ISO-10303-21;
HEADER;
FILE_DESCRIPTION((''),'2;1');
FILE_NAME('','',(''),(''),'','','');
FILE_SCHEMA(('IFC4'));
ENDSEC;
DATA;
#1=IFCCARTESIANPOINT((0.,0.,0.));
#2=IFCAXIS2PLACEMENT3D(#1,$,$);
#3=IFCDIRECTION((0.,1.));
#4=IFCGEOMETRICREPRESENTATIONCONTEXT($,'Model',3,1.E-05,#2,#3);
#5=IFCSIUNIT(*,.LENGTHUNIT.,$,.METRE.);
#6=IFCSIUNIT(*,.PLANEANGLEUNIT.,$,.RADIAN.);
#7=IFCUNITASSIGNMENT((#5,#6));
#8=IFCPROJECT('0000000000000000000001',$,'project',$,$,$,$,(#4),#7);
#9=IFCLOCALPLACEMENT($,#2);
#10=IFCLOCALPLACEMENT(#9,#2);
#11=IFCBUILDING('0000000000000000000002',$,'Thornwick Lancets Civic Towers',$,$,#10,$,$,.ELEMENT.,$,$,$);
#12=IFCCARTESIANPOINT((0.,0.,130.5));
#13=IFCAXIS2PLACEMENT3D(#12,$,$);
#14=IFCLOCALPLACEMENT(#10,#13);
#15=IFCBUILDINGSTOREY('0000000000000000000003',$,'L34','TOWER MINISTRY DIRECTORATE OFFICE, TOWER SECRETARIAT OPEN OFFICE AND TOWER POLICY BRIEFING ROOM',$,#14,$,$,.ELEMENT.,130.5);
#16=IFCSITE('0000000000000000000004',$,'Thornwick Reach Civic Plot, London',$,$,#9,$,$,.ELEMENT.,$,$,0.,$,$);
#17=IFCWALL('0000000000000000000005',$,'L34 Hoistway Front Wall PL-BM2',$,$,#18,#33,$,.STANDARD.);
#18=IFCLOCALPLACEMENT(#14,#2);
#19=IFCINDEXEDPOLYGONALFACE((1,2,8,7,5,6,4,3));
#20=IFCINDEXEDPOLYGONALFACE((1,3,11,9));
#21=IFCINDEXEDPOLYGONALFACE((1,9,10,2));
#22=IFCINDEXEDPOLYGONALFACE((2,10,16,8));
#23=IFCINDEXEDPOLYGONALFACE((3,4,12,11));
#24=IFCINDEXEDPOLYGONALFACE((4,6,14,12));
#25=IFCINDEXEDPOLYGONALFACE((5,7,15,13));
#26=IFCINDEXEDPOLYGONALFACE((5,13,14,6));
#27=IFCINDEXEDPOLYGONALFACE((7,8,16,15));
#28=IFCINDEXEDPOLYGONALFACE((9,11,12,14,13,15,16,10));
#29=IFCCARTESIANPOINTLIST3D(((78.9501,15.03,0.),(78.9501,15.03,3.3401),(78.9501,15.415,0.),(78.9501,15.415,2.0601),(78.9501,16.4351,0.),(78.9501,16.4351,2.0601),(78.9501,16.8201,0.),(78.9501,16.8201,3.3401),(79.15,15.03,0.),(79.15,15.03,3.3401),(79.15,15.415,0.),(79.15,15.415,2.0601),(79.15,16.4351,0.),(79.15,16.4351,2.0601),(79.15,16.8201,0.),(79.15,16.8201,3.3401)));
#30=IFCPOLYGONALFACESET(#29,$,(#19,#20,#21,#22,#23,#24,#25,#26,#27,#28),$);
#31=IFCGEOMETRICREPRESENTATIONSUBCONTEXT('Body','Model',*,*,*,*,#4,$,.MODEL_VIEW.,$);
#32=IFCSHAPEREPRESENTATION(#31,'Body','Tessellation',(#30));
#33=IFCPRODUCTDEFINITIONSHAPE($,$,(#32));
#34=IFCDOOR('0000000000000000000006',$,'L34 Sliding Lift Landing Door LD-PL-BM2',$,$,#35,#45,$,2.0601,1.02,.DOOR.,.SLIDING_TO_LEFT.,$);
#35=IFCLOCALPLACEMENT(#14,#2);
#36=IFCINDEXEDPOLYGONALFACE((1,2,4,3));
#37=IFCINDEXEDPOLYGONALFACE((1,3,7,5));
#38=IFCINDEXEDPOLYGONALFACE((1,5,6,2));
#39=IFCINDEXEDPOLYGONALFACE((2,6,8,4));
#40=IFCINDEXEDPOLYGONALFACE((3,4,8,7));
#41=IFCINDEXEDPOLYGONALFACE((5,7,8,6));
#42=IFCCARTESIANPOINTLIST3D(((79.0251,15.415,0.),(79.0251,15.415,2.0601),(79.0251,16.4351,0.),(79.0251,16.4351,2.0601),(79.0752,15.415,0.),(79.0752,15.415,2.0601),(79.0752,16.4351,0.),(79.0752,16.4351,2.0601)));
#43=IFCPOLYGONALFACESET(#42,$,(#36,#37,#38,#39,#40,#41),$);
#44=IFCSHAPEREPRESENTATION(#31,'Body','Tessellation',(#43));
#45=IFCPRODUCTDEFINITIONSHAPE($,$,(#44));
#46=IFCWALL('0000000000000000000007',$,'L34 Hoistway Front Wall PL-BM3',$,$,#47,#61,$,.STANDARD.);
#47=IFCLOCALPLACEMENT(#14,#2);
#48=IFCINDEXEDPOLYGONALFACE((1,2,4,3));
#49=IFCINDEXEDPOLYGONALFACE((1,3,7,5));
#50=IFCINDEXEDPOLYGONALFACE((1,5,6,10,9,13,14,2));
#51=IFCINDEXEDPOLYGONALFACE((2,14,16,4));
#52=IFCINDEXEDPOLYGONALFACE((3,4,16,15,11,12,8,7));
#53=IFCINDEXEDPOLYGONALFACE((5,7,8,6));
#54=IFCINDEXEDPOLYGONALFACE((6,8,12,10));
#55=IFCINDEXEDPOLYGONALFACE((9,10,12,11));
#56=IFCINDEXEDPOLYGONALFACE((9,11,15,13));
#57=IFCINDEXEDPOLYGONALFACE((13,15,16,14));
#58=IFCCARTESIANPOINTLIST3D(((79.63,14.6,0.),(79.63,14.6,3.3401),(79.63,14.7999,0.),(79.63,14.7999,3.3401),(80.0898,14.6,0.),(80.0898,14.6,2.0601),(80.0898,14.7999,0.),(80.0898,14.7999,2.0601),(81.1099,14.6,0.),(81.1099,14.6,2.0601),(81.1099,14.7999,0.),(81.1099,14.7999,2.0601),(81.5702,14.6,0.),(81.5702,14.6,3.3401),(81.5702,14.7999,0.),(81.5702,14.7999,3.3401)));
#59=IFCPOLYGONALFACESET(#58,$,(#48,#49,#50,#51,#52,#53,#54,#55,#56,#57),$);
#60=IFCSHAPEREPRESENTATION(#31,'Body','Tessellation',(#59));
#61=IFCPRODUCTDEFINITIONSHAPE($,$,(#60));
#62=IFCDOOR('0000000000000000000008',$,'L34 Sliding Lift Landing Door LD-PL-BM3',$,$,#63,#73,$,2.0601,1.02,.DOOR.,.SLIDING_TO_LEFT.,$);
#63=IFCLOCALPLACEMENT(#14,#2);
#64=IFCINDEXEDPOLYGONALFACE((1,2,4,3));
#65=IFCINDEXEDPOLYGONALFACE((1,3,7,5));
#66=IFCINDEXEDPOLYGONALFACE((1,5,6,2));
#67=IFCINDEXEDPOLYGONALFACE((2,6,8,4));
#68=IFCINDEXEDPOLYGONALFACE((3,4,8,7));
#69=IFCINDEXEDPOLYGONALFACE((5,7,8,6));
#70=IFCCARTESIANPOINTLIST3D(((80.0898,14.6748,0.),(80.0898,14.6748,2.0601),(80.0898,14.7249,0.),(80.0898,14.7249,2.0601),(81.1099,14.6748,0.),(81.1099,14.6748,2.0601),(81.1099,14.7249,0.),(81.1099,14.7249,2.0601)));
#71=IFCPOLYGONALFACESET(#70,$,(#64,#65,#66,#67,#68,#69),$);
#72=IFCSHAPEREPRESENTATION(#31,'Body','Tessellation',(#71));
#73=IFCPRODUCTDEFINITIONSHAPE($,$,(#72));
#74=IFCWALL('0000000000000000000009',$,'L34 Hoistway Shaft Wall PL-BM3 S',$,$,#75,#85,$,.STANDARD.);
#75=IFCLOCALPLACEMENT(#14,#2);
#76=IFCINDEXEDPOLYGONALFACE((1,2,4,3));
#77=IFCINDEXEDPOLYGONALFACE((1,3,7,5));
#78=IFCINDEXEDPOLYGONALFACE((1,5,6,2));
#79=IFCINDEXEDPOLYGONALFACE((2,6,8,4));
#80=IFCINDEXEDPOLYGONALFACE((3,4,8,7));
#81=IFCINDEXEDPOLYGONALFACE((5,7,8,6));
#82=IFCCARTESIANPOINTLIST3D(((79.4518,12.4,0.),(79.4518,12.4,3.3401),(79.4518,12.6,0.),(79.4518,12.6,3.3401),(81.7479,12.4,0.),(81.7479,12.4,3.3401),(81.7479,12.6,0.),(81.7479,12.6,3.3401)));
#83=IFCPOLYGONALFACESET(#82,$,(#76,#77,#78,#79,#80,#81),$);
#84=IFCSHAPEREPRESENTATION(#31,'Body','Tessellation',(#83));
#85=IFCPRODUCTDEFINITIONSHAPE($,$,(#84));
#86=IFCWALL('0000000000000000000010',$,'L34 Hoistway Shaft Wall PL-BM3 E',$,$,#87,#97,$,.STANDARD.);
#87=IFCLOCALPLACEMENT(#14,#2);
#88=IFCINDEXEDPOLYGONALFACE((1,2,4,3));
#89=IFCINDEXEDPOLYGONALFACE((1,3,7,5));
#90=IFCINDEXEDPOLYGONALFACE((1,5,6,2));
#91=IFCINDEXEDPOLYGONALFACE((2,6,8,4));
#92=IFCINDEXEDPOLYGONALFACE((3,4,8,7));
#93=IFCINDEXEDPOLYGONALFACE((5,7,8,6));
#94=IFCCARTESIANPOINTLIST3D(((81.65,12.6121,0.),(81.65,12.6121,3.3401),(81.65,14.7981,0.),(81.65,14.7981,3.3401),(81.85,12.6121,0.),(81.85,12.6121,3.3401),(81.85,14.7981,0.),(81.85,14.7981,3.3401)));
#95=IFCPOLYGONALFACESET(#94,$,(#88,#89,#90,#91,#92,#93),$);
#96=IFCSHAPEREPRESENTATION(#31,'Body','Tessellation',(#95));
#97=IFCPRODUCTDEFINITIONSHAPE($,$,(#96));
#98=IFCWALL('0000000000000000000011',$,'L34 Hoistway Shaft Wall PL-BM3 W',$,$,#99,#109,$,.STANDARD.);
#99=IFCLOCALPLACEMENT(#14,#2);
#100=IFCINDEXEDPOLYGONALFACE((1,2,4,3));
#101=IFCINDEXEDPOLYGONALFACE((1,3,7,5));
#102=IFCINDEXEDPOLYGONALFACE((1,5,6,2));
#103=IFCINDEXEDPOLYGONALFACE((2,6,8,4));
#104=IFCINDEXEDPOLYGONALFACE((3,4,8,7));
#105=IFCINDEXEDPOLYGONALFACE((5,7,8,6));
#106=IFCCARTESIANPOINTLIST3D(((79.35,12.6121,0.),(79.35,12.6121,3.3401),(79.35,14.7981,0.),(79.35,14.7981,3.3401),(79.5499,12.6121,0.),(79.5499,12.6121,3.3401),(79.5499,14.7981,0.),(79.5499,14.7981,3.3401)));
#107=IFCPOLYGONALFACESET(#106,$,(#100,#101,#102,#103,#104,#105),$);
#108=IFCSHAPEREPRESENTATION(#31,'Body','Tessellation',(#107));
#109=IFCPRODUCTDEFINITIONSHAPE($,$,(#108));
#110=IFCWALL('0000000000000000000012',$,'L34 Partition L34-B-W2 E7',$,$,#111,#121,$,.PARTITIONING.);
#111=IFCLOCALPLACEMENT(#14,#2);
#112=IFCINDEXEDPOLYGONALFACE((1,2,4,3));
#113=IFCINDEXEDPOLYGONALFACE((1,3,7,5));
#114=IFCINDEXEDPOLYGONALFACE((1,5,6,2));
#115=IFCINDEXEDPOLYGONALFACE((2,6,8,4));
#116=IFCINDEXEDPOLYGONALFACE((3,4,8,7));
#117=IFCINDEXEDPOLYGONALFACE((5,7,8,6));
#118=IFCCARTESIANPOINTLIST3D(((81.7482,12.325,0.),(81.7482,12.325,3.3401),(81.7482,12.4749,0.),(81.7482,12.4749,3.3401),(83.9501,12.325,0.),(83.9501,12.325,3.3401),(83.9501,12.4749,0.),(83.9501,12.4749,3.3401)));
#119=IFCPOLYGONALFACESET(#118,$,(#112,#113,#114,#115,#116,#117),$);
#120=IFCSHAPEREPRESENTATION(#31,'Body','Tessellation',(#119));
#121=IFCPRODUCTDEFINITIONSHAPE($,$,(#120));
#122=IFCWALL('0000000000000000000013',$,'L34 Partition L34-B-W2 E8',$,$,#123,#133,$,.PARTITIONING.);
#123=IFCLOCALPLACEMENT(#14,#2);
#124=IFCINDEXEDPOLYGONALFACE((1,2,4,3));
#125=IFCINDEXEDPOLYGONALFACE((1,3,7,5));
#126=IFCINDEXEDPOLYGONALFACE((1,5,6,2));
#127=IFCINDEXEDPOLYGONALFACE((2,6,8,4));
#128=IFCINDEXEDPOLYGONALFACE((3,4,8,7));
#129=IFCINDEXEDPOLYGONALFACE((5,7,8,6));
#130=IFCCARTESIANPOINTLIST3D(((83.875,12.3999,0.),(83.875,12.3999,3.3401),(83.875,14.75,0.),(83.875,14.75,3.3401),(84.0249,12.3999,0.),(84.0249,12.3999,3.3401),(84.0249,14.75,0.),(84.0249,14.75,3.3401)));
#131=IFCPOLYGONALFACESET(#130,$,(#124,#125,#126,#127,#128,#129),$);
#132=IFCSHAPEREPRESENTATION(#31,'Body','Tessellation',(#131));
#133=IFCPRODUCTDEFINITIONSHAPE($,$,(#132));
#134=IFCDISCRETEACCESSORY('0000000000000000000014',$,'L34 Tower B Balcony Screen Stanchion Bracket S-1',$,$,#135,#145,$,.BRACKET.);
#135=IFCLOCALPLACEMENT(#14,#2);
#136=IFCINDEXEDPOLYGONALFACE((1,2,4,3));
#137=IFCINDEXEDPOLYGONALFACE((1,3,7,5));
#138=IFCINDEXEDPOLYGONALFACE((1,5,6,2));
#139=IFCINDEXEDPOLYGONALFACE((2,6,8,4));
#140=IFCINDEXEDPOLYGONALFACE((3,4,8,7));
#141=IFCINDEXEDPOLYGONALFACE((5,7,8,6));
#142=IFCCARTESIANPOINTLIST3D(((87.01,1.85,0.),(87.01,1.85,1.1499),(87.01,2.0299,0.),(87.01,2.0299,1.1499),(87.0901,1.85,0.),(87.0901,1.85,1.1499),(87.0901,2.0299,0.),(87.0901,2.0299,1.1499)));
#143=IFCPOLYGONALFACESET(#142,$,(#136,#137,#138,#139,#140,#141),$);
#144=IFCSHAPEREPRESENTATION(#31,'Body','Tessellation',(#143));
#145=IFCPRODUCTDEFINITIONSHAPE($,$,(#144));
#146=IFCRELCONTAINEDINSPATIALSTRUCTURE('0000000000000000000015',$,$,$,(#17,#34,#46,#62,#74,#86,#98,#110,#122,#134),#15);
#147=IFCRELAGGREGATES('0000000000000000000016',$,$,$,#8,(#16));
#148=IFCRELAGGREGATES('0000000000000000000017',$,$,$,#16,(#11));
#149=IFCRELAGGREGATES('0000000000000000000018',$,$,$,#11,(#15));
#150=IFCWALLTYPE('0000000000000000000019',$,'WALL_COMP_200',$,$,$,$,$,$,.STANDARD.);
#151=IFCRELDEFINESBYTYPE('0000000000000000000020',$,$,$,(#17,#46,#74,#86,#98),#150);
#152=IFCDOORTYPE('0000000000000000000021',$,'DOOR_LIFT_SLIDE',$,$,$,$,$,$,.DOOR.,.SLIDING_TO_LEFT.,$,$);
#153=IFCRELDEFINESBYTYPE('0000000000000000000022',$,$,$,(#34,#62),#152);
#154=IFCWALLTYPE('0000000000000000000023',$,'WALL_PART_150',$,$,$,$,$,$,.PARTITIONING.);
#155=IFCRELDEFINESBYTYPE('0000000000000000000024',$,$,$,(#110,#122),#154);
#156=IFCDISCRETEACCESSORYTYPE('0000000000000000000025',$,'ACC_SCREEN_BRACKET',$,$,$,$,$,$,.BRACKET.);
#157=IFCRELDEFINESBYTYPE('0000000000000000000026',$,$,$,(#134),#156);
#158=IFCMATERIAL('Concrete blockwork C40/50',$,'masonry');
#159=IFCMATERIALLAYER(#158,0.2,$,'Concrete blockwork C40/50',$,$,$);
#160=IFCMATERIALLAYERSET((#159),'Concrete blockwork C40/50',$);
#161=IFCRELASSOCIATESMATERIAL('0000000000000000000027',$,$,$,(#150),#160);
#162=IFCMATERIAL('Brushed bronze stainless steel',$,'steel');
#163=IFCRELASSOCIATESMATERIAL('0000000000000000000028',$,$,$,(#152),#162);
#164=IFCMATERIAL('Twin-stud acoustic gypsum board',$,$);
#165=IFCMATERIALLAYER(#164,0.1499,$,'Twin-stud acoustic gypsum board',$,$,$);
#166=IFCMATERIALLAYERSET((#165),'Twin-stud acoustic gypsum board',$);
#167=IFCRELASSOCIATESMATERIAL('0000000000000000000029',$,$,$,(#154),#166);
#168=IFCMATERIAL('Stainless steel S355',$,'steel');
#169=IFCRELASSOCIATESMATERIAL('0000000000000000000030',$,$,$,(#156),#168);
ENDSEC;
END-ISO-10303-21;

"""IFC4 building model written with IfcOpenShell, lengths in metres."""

from ifc_helpers import new_model, si_unit, direction, frame, frame_2d, origin, origin_2d, place, context, subcontext, project, spatial, rectangle, extrude, material, layer, layer_set, type_object, element, fill, save


model = new_model("IFC4")

# Units and contexts
model_context = context("Model", 3, precision=1e-05, world=origin(), true_north=direction((0.0, 1.0)))
body_context = subcontext(model_context, "Body", "Model", "MODEL_VIEW")
ifc_project = project(units=[si_unit("LENGTHUNIT", "METRE"), si_unit("PLANEANGLEUNIT", "RADIAN")], contexts=[model_context])

# Site, building, storey
site_placement = place(None, origin())
site = spatial("IfcSite", under=ifc_project, at=site_placement, Name="Thornwick Reach Civic Plot, London", CompositionType="ELEMENT", RefElevation=0.0)
building_placement = place(site_placement, origin())
building = spatial("IfcBuilding", under=site, at=building_placement, Name="Thornwick Lancets Civic Towers", CompositionType="ELEMENT")
storey_placement = place(building_placement, frame((0.0, 0.0, 130.5)))
storey = spatial("IfcBuildingStorey", under=building, at=storey_placement, Name="L34", Description="TOWER MINISTRY DIRECTORATE OFFICE, TOWER SECRETARIAT OPEN OFFICE AND TOWER POLICY BRIEFING ROOM", CompositionType="ELEMENT", Elevation=130.5)

# Walls, openings, doors
ifc_material_1 = material(Name="Concrete blockwork C40/50", Category="masonry")
ifc_layer_1 = layer(ifc_material_1, 0.2, Name="Concrete blockwork C40/50")
ifc_layer_set_1 = layer_set([ifc_layer_1], Name="Concrete blockwork C40/50")
wall_type_1 = type_object("IfcWallType", Name="WALL_COMP_200", PredefinedType="STANDARD", material=ifc_layer_set_1)
wall_1_placement = place(storey_placement, frame((79.05, 15.03, 0.0), z_axis=(0.0, 0.0, 1.0), x_axis=(0.0, 1.0, 0.0)))
wall_1 = element("IfcWall", 1, at=wall_1_placement, inside=storey, type_object=wall_type_1, Name="L34 Hoistway Front Wall PL-BM2", PredefinedType="STANDARD", context=body_context, shape_type="SweptSolid", body=[
    extrude(rectangle(XDim=1.79, YDim=0.2, at=frame_2d((0.895, 0.0))), origin(), (0.0, 0.0, 1.0), 3.3401),
])
opening_1_placement = place(wall_1_placement, frame((0.385, 0.0, 0.0)))
opening_1 = element("IfcOpeningElement", 2, at=opening_1_placement, cuts=wall_1, PredefinedType="OPENING", context=body_context, shape_type="SweptSolid", body=[
    extrude(rectangle(XDim=1.02, YDim=2.0601, at=frame_2d((0.51, 1.03))), frame((0.0, 0.1099, 0.0), z_axis=(0.0, -1.0, 0.0), x_axis=(1.0, 0.0, 0.0)), (0.0, 0.0, 1.0), 0.22),
])
ifc_material_2 = material(Name="Brushed bronze stainless steel", Category="steel")
door_type_1 = type_object("IfcDoorType", Name="DOOR_LIFT_SLIDE", OperationType="SLIDING_TO_LEFT", PredefinedType="DOOR", material=ifc_material_2)
door_1_placement = place(opening_1_placement, origin())
door_1 = element("IfcDoor", 3, at=door_1_placement, inside=storey, type_object=door_type_1, Name="L34 Sliding Lift Landing Door LD-PL-BM2", OperationType="SLIDING_TO_LEFT", OverallHeight=2.0601, OverallWidth=1.02, PredefinedType="DOOR", context=body_context, shape_type="SweptSolid", body=[
    extrude(rectangle(XDim=1.02, YDim=2.0601, at=frame_2d((0.51, 1.03))), frame((0.0, 0.0249, 0.0), z_axis=(0.0, -1.0, 0.0), x_axis=(1.0, 0.0, 0.0)), (0.0, 0.0, 1.0), 0.05),
])
fill(opening_1, door_1)
wall_2_placement = place(storey_placement, frame((79.6299, 14.7, 0.0), z_axis=(0.0, 0.0, 1.0), x_axis=(1.0, 0.0, 0.0)))
wall_2 = element("IfcWall", 4, at=wall_2_placement, inside=storey, type_object=wall_type_1, Name="L34 Hoistway Front Wall PL-BM3", PredefinedType="STANDARD", context=body_context, shape_type="SweptSolid", body=[
    extrude(rectangle(XDim=1.9402, YDim=0.2, at=frame_2d((0.9702, 0.0))), origin(), (0.0, 0.0, 1.0), 3.3401),
])
opening_2_placement = place(wall_2_placement, frame((0.46, 0.0, 0.0)))
opening_2 = element("IfcOpeningElement", 5, at=opening_2_placement, cuts=wall_2, PredefinedType="OPENING", context=body_context, shape_type="SweptSolid", body=[
    extrude(rectangle(XDim=1.02, YDim=2.0601, at=frame_2d((0.51, 1.03))), frame((0.0, 0.1099, 0.0), z_axis=(0.0, -1.0, 0.0), x_axis=(1.0, 0.0, 0.0)), (0.0, 0.0, 1.0), 0.22),
])
door_2_placement = place(opening_2_placement, origin())
door_2 = element("IfcDoor", 6, at=door_2_placement, inside=storey, type_object=door_type_1, Name="L34 Sliding Lift Landing Door LD-PL-BM3", OperationType="SLIDING_TO_LEFT", OverallHeight=2.0601, OverallWidth=1.02, PredefinedType="DOOR", context=body_context, shape_type="SweptSolid", body=[
    extrude(rectangle(XDim=1.02, YDim=2.0601, at=frame_2d((0.51, 1.03))), frame((0.0, 0.0249, 0.0), z_axis=(0.0, -1.0, 0.0), x_axis=(1.0, 0.0, 0.0)), (0.0, 0.0, 1.0), 0.05),
])
fill(opening_2, door_2)

# Walls
wall_3_placement = place(storey_placement, frame((79.4519, 12.5, 0.0), z_axis=(0.0, 0.0, 1.0), x_axis=(1.0, 0.0, 0.0)))
element("IfcWall", 7, at=wall_3_placement, inside=storey, type_object=wall_type_1, Name="L34 Hoistway Shaft Wall PL-BM3 S", PredefinedType="STANDARD", context=body_context, shape_type="SweptSolid", body=[
    extrude(rectangle(XDim=2.2961, YDim=0.2, at=frame_2d((1.1479, 0.0))), origin(), (0.0, 0.0, 1.0), 3.3401),
])
for number, where, z_axis, x_axis, name in (
    (8, (81.75, 12.6121, 0.0), (0.0, 0.0, 1.0), (0.0, 1.0, 0.0), "L34 Hoistway Shaft Wall PL-BM3 E"),
    (9, (79.45, 12.6121, 0.0), (0.0, 0.0, 1.0), (0.0, 1.0, 0.0), "L34 Hoistway Shaft Wall PL-BM3 W"),
):
    element("IfcWall", number, at=place(storey_placement, frame(where, z_axis=z_axis, x_axis=x_axis)), inside=storey, type_object=wall_type_1, Name=name, PredefinedType="STANDARD", context=body_context, shape_type="SweptSolid", body=[
        extrude(rectangle(XDim=2.186, YDim=0.2, at=frame_2d((1.093, 0.0))), origin(), (0.0, 0.0, 1.0), 3.3401),
    ])

# Shared definitions
ifc_material_3 = material(Name="Twin-stud acoustic gypsum board")
ifc_layer_2 = layer(ifc_material_3, 0.1499, Name="Twin-stud acoustic gypsum board")
ifc_layer_set_2 = layer_set([ifc_layer_2], Name="Twin-stud acoustic gypsum board")
wall_type_2 = type_object("IfcWallType", Name="WALL_PART_150", PredefinedType="PARTITIONING", material=ifc_layer_set_2)

# Walls
wall_4_placement = place(storey_placement, frame((81.748, 12.3999, 0.0), z_axis=(0.0, 0.0, 1.0), x_axis=(1.0, 0.0, 0.0)))
element("IfcWall", 10, at=wall_4_placement, inside=storey, type_object=wall_type_2, Name="L34 Partition L34-B-W2 E7", PredefinedType="PARTITIONING", context=body_context, shape_type="SweptSolid", body=[
    extrude(rectangle(XDim=2.2019, YDim=0.1499, at=frame_2d((1.1011, 0.0))), origin(), (0.0, 0.0, 1.0), 3.3401),
])
wall_5_placement = place(storey_placement, frame((83.95, 12.3999, 0.0), z_axis=(0.0, 0.0, 1.0), x_axis=(0.0, 1.0, 0.0)))
element("IfcWall", 11, at=wall_5_placement, inside=storey, type_object=wall_type_2, Name="L34 Partition L34-B-W2 E8", PredefinedType="PARTITIONING", context=body_context, shape_type="SweptSolid", body=[
    extrude(rectangle(XDim=2.3501, YDim=0.1499, at=frame_2d((1.175, 0.0))), origin(), (0.0, 0.0, 1.0), 3.3401),
])

# Discrete accessory
ifc_material_4 = material(Name="Stainless steel S355", Category="steel")
discrete_accessory_type = type_object("IfcDiscreteAccessoryType", Name="ACC_SCREEN_BRACKET", PredefinedType="BRACKET", material=ifc_material_4)
discrete_accessory_placement = place(storey_placement, frame((87.05, 1.9399, 0.0), z_axis=(0.0, 0.0, 1.0), x_axis=(1.0, 0.0, 0.0)))
element("IfcDiscreteAccessory", 12, at=discrete_accessory_placement, inside=storey, type_object=discrete_accessory_type, Name="L34 Tower B Balcony Screen Stanchion Bracket S-1", PredefinedType="BRACKET", context=body_context, shape_type="SweptSolid", body=[
    extrude(rectangle(XDim=0.0801, YDim=0.1799, at=origin_2d()), origin(), (0.0, 0.0, 1.0), 1.1499),
])

save(model, "model.ifc")
